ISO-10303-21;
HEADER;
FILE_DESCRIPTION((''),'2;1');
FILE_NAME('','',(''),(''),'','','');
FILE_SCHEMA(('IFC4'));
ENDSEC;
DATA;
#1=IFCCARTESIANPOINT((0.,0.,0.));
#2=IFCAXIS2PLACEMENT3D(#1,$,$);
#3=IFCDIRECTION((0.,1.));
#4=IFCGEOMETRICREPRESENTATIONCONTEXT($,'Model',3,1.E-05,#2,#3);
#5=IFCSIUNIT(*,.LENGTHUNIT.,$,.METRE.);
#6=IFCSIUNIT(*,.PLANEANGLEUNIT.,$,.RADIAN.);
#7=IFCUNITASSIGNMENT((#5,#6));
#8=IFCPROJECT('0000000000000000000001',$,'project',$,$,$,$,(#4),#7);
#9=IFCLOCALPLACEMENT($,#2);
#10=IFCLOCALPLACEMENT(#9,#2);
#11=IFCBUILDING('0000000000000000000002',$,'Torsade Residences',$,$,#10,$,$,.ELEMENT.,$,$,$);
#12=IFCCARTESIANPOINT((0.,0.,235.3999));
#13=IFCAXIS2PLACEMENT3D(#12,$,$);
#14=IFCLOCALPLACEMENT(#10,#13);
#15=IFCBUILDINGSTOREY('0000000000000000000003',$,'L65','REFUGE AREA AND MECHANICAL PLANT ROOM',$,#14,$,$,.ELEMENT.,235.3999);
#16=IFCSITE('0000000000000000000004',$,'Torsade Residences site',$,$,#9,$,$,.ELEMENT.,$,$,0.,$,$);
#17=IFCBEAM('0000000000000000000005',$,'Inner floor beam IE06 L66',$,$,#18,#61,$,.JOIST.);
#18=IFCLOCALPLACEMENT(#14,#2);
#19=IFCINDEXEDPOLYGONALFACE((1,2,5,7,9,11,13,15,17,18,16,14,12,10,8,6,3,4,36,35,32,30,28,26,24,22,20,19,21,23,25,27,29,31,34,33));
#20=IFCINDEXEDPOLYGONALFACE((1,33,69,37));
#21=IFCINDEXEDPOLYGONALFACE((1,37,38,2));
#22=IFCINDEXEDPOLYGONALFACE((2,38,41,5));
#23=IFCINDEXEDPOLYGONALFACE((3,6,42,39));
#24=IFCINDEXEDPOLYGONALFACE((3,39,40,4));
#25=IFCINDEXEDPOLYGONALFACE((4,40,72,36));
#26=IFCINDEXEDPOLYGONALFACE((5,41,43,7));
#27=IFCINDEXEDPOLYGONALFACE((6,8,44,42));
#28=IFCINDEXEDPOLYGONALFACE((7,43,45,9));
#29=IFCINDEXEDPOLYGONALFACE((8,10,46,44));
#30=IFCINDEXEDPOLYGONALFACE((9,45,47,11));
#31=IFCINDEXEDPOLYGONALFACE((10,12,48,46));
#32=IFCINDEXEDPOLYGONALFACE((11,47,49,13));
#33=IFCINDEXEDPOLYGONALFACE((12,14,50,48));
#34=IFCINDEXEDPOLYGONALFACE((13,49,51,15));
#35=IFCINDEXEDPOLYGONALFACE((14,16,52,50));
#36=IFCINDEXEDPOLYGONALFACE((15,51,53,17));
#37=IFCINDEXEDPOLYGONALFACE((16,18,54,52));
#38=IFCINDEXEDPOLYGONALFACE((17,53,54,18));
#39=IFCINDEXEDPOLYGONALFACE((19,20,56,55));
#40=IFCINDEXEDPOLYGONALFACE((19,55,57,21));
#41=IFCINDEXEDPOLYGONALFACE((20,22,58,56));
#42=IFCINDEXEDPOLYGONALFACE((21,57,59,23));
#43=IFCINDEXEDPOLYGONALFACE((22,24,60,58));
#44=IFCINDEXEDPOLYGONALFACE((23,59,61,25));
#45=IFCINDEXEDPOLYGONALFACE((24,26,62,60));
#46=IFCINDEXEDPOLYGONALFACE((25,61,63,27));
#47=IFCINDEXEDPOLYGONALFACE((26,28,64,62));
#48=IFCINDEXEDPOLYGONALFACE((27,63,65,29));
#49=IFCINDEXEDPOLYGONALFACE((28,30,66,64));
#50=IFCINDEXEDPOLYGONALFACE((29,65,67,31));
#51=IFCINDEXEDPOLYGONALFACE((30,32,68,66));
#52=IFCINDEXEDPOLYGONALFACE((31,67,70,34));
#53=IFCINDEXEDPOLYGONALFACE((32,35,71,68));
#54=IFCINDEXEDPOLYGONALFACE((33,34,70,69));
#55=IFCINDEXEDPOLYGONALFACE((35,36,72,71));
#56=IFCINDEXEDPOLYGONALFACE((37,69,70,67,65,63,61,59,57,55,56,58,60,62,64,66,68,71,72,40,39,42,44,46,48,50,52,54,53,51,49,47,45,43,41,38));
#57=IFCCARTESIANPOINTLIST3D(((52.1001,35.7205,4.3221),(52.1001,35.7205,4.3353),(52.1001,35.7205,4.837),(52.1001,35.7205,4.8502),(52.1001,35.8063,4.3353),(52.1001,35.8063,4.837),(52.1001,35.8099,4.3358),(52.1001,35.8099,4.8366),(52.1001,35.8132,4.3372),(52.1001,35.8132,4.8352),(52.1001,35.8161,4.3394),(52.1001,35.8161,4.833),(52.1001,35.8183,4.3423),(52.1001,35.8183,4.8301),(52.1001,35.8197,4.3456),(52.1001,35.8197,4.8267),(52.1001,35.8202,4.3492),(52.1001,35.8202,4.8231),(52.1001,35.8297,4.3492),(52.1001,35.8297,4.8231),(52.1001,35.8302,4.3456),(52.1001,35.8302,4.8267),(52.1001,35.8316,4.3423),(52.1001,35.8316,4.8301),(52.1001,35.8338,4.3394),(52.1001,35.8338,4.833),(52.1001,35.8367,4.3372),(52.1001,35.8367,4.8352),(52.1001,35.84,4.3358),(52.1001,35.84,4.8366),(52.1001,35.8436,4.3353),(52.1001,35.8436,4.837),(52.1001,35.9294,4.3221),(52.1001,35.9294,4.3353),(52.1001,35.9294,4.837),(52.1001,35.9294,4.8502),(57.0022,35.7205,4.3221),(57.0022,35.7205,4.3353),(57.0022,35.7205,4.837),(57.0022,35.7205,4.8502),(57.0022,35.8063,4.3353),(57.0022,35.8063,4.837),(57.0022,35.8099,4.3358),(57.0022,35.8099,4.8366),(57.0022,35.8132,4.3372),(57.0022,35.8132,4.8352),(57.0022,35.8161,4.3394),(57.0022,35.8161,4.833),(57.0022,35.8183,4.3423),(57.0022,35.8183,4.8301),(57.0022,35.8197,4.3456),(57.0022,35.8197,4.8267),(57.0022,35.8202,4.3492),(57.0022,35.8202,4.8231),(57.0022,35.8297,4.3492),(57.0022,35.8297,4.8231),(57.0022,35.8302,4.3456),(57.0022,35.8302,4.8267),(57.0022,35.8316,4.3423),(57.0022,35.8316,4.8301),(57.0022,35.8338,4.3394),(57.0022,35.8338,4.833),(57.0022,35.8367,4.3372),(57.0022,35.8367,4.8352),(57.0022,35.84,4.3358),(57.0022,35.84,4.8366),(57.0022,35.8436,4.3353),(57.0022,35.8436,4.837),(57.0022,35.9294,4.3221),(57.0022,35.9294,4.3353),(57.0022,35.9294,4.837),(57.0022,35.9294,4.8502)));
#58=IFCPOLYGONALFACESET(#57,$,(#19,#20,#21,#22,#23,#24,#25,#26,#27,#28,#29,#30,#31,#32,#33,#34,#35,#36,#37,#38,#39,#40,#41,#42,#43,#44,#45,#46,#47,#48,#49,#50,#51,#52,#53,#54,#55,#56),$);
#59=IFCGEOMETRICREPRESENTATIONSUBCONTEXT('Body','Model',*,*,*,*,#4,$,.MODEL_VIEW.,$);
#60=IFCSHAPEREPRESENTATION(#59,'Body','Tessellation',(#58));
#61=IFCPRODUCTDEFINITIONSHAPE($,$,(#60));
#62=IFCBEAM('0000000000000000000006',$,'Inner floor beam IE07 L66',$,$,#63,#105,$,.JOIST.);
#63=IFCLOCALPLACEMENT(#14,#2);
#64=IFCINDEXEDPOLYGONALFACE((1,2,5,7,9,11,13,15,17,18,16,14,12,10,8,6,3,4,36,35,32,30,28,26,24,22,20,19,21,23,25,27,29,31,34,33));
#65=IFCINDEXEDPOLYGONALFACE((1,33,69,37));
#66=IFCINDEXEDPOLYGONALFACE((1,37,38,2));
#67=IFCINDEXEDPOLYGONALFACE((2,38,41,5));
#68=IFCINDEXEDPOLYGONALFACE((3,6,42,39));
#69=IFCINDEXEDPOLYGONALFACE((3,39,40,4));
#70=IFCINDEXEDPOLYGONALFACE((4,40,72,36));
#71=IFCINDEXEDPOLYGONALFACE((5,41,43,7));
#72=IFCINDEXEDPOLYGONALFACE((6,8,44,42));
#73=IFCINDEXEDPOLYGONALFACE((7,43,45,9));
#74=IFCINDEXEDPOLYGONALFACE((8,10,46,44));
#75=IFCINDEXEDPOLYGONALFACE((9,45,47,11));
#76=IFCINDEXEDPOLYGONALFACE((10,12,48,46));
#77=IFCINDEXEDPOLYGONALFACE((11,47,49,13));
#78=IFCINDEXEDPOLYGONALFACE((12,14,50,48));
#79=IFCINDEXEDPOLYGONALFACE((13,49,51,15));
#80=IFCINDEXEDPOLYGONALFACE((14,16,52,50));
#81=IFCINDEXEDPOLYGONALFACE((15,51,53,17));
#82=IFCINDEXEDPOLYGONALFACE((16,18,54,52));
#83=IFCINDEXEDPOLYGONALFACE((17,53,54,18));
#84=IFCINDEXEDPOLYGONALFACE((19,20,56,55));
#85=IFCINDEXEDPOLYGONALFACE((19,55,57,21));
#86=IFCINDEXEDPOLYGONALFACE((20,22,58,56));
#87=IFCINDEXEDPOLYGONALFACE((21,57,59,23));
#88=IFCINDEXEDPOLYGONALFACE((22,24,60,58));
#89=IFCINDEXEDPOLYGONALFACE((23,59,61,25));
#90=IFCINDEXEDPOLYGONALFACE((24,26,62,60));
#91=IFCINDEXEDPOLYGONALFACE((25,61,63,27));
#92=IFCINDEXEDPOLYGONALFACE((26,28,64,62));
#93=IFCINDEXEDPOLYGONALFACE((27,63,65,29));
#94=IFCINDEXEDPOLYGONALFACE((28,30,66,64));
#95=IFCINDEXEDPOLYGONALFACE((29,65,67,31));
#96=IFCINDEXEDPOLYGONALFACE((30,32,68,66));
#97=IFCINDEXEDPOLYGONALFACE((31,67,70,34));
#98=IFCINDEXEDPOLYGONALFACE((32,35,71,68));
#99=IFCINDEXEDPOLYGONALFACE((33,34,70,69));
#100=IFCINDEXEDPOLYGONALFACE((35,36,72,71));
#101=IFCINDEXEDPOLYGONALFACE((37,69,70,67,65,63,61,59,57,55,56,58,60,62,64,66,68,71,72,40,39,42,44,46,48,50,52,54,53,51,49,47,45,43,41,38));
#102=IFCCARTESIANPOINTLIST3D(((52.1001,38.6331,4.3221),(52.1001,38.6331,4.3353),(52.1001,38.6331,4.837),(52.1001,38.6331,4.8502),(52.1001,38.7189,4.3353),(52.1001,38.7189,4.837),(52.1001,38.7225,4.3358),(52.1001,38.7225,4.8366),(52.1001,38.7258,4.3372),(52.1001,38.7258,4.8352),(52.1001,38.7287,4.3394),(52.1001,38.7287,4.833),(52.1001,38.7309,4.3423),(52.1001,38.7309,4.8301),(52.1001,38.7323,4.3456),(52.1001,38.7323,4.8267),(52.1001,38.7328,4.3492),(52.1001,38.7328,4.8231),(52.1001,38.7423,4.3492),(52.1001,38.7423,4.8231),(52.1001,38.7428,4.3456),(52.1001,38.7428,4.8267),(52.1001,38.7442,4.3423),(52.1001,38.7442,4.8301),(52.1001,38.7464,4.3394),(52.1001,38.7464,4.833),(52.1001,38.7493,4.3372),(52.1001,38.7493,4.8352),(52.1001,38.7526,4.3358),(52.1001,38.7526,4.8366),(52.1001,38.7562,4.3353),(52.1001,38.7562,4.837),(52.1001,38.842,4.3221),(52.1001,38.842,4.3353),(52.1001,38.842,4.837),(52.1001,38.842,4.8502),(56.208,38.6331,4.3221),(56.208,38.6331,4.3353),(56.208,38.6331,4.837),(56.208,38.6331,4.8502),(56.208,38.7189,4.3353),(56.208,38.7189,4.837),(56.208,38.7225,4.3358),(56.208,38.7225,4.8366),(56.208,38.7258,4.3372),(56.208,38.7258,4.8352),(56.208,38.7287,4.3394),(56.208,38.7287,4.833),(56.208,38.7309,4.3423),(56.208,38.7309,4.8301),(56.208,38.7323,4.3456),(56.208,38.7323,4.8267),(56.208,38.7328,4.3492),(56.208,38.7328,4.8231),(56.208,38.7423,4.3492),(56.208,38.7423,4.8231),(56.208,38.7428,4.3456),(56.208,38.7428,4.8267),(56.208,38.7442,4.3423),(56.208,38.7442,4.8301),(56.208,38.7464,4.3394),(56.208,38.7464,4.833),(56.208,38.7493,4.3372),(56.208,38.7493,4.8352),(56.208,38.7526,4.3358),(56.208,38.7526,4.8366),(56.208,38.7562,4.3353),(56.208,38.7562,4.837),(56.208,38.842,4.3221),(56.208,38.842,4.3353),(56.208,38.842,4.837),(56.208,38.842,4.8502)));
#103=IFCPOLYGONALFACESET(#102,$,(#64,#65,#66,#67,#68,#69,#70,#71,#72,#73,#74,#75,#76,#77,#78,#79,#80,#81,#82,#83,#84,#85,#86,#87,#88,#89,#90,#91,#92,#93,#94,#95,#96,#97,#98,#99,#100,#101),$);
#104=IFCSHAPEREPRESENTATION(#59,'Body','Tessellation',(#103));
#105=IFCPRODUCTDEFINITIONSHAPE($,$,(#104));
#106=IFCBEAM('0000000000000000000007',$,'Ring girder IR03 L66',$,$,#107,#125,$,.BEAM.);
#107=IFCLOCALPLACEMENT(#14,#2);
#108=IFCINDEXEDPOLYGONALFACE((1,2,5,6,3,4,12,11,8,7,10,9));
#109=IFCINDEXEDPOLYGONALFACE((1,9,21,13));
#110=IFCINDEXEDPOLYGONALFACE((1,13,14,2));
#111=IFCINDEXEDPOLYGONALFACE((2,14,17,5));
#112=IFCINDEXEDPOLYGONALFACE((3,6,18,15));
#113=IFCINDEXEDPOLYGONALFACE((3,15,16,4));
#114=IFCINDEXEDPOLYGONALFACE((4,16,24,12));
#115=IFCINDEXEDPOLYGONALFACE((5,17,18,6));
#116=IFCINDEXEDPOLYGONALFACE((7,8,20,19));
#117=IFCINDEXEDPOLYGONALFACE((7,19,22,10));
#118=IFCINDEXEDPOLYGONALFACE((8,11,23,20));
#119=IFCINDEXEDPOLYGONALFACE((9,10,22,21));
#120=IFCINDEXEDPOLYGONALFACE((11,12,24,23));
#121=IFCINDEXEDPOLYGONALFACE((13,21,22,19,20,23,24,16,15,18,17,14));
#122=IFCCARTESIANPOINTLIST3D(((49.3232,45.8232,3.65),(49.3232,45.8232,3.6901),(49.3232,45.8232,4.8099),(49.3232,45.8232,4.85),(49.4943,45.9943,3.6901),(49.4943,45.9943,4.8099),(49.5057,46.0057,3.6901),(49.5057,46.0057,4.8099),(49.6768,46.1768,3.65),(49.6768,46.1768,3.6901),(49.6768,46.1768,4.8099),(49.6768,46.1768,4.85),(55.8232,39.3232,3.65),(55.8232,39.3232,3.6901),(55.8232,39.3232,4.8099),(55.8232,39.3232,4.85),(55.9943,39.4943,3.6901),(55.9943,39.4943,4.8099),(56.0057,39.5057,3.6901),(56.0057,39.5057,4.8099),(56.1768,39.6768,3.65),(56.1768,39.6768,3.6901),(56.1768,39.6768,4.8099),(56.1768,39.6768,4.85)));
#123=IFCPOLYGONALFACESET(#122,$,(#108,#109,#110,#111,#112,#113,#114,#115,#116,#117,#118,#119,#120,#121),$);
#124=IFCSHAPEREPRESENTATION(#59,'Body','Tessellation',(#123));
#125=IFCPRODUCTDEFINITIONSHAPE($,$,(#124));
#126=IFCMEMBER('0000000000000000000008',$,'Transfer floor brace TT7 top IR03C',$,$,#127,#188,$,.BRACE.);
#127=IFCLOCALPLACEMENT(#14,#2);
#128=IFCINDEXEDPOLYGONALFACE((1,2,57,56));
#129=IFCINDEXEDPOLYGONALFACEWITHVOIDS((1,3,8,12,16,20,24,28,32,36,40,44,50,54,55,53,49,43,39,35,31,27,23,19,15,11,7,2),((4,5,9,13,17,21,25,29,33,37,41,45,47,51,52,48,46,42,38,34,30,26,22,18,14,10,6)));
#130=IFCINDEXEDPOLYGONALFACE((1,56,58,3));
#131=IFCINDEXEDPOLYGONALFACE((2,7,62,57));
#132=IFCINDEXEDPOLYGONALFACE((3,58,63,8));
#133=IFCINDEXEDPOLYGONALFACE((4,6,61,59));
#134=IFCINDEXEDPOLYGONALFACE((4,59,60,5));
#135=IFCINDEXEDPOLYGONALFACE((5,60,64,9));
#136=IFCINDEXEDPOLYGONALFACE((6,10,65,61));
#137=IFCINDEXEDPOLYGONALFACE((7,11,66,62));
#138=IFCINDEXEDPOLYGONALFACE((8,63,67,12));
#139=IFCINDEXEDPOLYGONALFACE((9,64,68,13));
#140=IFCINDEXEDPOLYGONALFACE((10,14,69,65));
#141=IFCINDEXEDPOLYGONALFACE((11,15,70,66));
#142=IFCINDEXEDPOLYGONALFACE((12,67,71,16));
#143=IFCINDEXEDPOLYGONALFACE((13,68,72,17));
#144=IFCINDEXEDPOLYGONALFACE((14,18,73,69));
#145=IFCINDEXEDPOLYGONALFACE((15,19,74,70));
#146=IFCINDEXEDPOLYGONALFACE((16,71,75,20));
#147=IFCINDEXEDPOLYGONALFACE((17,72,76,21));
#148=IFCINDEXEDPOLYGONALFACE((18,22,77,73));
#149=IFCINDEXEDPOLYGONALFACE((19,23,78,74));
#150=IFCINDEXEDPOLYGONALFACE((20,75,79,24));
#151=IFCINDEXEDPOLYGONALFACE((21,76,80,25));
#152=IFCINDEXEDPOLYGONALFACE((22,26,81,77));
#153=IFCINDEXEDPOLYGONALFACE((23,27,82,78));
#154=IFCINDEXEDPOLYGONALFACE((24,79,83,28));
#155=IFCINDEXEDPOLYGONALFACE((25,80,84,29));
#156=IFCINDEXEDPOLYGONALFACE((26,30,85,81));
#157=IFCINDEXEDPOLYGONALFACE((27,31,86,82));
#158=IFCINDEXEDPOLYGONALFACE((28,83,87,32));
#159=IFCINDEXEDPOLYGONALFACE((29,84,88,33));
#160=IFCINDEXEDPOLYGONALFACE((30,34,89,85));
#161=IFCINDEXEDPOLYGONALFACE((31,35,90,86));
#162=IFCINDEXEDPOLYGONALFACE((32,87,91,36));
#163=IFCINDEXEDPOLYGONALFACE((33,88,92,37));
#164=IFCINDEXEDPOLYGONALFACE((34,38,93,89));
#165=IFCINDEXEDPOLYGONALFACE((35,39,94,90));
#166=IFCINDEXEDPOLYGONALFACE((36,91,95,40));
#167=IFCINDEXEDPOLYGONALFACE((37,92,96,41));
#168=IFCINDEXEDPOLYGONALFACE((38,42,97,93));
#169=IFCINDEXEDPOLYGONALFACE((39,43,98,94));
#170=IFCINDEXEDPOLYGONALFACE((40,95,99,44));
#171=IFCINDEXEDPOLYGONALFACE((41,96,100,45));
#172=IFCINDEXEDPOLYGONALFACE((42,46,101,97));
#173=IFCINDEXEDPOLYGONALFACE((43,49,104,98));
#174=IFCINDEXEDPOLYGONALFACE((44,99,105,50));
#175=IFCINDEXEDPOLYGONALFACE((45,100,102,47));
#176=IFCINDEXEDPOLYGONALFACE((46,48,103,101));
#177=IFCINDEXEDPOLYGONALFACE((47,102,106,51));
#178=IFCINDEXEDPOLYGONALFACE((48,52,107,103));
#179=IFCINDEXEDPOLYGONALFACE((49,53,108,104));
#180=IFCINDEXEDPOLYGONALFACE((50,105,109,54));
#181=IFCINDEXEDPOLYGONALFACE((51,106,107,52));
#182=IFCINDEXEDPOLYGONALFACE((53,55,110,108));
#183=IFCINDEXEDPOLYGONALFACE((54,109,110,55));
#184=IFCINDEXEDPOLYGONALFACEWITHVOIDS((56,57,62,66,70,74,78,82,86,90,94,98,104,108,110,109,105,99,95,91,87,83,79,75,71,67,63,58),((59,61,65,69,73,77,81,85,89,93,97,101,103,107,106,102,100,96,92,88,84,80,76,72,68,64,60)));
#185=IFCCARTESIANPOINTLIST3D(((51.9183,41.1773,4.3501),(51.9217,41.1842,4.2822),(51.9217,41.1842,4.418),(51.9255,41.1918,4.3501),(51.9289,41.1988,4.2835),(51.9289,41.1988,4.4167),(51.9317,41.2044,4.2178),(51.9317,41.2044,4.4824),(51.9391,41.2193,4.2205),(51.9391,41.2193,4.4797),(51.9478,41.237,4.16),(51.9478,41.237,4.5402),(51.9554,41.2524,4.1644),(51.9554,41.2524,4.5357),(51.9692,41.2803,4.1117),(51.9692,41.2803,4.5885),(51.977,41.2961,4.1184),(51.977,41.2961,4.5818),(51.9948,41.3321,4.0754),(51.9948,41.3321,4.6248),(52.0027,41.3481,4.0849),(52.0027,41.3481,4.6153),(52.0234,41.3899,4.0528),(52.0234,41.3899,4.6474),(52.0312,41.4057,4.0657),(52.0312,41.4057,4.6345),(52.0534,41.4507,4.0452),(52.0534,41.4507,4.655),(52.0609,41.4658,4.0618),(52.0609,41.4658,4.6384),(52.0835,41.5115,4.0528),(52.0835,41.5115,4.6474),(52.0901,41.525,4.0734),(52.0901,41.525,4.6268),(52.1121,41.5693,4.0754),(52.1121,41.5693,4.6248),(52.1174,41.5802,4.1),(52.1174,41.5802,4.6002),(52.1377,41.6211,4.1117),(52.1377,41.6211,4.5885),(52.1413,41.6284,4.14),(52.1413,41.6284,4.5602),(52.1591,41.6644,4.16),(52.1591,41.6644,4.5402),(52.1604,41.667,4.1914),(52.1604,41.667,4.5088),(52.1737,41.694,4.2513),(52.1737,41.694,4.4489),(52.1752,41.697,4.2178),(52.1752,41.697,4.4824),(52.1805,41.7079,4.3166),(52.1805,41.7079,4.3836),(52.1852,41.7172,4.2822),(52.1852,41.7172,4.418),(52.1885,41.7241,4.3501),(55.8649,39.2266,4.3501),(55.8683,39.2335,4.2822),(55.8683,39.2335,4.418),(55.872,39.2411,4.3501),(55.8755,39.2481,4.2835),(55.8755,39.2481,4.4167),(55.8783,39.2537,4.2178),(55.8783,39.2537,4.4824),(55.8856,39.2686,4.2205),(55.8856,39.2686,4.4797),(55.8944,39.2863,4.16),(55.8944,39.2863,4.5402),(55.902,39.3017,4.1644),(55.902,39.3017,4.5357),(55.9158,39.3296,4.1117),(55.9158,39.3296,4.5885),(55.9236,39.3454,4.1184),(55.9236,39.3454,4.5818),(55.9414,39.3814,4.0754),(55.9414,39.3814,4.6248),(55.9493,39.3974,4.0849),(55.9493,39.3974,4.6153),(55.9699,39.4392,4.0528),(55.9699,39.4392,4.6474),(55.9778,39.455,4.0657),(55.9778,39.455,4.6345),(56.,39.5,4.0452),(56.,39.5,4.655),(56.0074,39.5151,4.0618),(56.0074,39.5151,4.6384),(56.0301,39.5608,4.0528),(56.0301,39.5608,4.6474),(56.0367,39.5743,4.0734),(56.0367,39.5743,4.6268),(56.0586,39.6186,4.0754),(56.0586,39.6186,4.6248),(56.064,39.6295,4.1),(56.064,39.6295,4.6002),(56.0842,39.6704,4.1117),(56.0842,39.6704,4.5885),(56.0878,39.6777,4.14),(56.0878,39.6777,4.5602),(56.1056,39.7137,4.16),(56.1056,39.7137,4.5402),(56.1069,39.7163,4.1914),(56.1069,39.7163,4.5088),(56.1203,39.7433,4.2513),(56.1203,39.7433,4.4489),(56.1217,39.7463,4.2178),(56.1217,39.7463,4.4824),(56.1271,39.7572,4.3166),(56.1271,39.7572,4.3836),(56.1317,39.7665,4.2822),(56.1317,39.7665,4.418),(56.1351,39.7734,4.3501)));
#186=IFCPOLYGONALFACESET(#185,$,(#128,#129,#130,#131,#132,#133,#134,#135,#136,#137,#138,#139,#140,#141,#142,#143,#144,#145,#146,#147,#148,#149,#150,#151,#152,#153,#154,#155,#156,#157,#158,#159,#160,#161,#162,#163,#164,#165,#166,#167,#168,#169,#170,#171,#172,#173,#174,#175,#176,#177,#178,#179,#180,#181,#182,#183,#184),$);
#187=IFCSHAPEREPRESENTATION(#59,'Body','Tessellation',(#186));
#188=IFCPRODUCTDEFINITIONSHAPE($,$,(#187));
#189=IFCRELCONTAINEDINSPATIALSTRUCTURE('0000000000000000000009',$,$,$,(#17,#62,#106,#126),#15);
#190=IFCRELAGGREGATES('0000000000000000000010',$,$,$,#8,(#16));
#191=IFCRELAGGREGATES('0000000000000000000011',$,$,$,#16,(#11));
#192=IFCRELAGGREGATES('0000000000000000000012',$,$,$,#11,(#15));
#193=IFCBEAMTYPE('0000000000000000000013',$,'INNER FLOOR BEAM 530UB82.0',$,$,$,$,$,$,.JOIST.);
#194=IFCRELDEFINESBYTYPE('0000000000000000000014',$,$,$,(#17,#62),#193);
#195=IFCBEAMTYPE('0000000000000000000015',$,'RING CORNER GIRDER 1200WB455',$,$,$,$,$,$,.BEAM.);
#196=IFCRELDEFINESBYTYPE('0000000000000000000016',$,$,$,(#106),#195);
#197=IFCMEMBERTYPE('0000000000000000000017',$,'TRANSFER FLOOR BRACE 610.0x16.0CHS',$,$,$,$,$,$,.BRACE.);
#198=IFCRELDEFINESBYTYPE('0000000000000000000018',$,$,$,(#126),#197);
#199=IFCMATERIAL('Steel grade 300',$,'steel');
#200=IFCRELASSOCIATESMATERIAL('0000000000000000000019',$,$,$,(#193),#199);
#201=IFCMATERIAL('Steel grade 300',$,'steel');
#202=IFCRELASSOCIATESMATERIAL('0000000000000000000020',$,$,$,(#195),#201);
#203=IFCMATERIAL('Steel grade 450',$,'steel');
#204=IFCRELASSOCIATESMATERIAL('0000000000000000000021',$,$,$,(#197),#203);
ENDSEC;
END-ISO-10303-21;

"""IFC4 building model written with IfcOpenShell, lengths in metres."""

from ifc_helpers import new_model, si_unit, direction, frame, origin, origin_2d, place, context, subcontext, project, spatial, hollow_circle, i_section, extrude, material, material_profile, profile_set, type_object, element, save


model = new_model("IFC4")

# Units and contexts
model_context = context("Model", 3, precision=1e-05, world=origin(), true_north=direction((0.0, 1.0)))
body_context = subcontext(model_context, "Body", "Model", "MODEL_VIEW")
ifc_project = project(units=[si_unit("LENGTHUNIT", "METRE"), si_unit("PLANEANGLEUNIT", "RADIAN")], contexts=[model_context])

# Site, building, storey
site_placement = place(None, origin())
site = spatial("IfcSite", under=ifc_project, at=site_placement, Name="Torsade Residences site", CompositionType="ELEMENT", RefElevation=0.0)
building_placement = place(site_placement, origin())
building = spatial("IfcBuilding", under=site, at=building_placement, Name="Torsade Residences", CompositionType="ELEMENT")
storey_placement = place(building_placement, frame((0.0, 0.0, 235.3999)))
storey = spatial("IfcBuildingStorey", under=building, at=storey_placement, Name="L65", Description="REFUGE AREA AND MECHANICAL PLANT ROOM", CompositionType="ELEMENT", Elevation=235.3999)

# Beams
ifc_material_1 = material(Name="Steel grade 300", Category="steel")
ifc_material_profile_1 = material_profile(ifc_material_1, i_section(OverallWidth=0.209, OverallDepth=0.5281, WebThickness=0.0095, FlangeThickness=0.0132, FilletRadius=0.0139, at=origin_2d()), Name="530UB82.0")
ifc_profile_set_1 = profile_set([ifc_material_profile_1], Name="Steel grade 300")
beam_type_1 = type_object("IfcBeamType", Name="INNER FLOOR BEAM 530UB82.0", PredefinedType="JOIST", material=ifc_profile_set_1)
beam_1_placement = place(storey_placement, frame((52.1001, 35.825, 4.5862), z_axis=(1.0, 0.0, 0.0), x_axis=(0.0, 1.0, 0.0)))
element("IfcBeam", 1, at=beam_1_placement, inside=storey, type_object=beam_type_1, Name="Inner floor beam IE06 L66", PredefinedType="JOIST", context=body_context, shape_type="SweptSolid", body=[
    extrude(i_section(OverallWidth=0.209, OverallDepth=0.5281, WebThickness=0.0095, FlangeThickness=0.0132, FilletRadius=0.0139, at=origin_2d()), origin(), (0.0, 0.0, 1.0), 4.9021),
])
beam_2_placement = place(storey_placement, frame((52.1001, 38.7375, 4.5862), z_axis=(1.0, 0.0, 0.0), x_axis=(0.0, 1.0, 0.0)))
element("IfcBeam", 2, at=beam_2_placement, inside=storey, type_object=beam_type_1, Name="Inner floor beam IE07 L66", PredefinedType="JOIST", context=body_context, shape_type="SweptSolid", body=[
    extrude(i_section(OverallWidth=0.209, OverallDepth=0.5281, WebThickness=0.0095, FlangeThickness=0.0132, FilletRadius=0.0139, at=origin_2d()), origin(), (0.0, 0.0, 1.0), 4.1079),
])
ifc_material_2 = material(Name="Steel grade 300", Category="steel")
ifc_material_profile_2 = material_profile(ifc_material_2, i_section(OverallWidth=0.5, OverallDepth=1.2, WebThickness=0.0161, FlangeThickness=0.04, at=origin_2d()), Name="1200WB455")
ifc_profile_set_2 = profile_set([ifc_material_profile_2], Name="Steel grade 300")
beam_type_2 = type_object("IfcBeamType", Name="RING CORNER GIRDER 1200WB455", PredefinedType="BEAM", material=ifc_profile_set_2)
beam_3_placement = place(storey_placement, frame((56.0, 39.5, 4.25), z_axis=(-0.707107, 0.707107, 0.0), x_axis=(-0.707107, -0.707107, 0.0)))
element("IfcBeam", 3, at=beam_3_placement, inside=storey, type_object=beam_type_2, Name="Ring girder IR03 L66", PredefinedType="BEAM", context=body_context, shape_type="SweptSolid", body=[
    extrude(i_section(OverallWidth=0.5, OverallDepth=1.2, WebThickness=0.0161, FlangeThickness=0.04, at=origin_2d()), origin(), (0.0, 0.0, 1.0), 9.1924),
])

# Member
ifc_material_3 = material(Name="Steel grade 450", Category="steel")
ifc_material_profile_3 = material_profile(ifc_material_3, hollow_circle(Radius=0.3049, WallThickness=0.0161, at=origin_2d()), Name="610.0x16.0CHS")
ifc_profile_set_3 = profile_set([ifc_material_profile_3], Name="Steel grade 450")
member_type_1 = type_object("IfcMemberType", Name="TRANSFER FLOOR BRACE 610.0x16.0CHS", PredefinedType="BRACE", material=ifc_profile_set_3)
member_1_placement = place(storey_placement, frame((56.0, 39.5, 4.3501), z_axis=(-0.89647, 0.443105, 0.0), x_axis=(-0.443105, -0.89647, 0.0)))
element("IfcMember", 4, at=member_1_placement, inside=storey, type_object=member_type_1, Name="Transfer floor brace TT7 top IR03C", PredefinedType="BRACE", context=body_context, shape_type="SweptSolid", body=[
    extrude(hollow_circle(Radius=0.3049, WallThickness=0.0161, at=origin_2d()), origin(), (0.0, 0.0, 1.0), 4.4023),
])

save(model, "model.ifc")
